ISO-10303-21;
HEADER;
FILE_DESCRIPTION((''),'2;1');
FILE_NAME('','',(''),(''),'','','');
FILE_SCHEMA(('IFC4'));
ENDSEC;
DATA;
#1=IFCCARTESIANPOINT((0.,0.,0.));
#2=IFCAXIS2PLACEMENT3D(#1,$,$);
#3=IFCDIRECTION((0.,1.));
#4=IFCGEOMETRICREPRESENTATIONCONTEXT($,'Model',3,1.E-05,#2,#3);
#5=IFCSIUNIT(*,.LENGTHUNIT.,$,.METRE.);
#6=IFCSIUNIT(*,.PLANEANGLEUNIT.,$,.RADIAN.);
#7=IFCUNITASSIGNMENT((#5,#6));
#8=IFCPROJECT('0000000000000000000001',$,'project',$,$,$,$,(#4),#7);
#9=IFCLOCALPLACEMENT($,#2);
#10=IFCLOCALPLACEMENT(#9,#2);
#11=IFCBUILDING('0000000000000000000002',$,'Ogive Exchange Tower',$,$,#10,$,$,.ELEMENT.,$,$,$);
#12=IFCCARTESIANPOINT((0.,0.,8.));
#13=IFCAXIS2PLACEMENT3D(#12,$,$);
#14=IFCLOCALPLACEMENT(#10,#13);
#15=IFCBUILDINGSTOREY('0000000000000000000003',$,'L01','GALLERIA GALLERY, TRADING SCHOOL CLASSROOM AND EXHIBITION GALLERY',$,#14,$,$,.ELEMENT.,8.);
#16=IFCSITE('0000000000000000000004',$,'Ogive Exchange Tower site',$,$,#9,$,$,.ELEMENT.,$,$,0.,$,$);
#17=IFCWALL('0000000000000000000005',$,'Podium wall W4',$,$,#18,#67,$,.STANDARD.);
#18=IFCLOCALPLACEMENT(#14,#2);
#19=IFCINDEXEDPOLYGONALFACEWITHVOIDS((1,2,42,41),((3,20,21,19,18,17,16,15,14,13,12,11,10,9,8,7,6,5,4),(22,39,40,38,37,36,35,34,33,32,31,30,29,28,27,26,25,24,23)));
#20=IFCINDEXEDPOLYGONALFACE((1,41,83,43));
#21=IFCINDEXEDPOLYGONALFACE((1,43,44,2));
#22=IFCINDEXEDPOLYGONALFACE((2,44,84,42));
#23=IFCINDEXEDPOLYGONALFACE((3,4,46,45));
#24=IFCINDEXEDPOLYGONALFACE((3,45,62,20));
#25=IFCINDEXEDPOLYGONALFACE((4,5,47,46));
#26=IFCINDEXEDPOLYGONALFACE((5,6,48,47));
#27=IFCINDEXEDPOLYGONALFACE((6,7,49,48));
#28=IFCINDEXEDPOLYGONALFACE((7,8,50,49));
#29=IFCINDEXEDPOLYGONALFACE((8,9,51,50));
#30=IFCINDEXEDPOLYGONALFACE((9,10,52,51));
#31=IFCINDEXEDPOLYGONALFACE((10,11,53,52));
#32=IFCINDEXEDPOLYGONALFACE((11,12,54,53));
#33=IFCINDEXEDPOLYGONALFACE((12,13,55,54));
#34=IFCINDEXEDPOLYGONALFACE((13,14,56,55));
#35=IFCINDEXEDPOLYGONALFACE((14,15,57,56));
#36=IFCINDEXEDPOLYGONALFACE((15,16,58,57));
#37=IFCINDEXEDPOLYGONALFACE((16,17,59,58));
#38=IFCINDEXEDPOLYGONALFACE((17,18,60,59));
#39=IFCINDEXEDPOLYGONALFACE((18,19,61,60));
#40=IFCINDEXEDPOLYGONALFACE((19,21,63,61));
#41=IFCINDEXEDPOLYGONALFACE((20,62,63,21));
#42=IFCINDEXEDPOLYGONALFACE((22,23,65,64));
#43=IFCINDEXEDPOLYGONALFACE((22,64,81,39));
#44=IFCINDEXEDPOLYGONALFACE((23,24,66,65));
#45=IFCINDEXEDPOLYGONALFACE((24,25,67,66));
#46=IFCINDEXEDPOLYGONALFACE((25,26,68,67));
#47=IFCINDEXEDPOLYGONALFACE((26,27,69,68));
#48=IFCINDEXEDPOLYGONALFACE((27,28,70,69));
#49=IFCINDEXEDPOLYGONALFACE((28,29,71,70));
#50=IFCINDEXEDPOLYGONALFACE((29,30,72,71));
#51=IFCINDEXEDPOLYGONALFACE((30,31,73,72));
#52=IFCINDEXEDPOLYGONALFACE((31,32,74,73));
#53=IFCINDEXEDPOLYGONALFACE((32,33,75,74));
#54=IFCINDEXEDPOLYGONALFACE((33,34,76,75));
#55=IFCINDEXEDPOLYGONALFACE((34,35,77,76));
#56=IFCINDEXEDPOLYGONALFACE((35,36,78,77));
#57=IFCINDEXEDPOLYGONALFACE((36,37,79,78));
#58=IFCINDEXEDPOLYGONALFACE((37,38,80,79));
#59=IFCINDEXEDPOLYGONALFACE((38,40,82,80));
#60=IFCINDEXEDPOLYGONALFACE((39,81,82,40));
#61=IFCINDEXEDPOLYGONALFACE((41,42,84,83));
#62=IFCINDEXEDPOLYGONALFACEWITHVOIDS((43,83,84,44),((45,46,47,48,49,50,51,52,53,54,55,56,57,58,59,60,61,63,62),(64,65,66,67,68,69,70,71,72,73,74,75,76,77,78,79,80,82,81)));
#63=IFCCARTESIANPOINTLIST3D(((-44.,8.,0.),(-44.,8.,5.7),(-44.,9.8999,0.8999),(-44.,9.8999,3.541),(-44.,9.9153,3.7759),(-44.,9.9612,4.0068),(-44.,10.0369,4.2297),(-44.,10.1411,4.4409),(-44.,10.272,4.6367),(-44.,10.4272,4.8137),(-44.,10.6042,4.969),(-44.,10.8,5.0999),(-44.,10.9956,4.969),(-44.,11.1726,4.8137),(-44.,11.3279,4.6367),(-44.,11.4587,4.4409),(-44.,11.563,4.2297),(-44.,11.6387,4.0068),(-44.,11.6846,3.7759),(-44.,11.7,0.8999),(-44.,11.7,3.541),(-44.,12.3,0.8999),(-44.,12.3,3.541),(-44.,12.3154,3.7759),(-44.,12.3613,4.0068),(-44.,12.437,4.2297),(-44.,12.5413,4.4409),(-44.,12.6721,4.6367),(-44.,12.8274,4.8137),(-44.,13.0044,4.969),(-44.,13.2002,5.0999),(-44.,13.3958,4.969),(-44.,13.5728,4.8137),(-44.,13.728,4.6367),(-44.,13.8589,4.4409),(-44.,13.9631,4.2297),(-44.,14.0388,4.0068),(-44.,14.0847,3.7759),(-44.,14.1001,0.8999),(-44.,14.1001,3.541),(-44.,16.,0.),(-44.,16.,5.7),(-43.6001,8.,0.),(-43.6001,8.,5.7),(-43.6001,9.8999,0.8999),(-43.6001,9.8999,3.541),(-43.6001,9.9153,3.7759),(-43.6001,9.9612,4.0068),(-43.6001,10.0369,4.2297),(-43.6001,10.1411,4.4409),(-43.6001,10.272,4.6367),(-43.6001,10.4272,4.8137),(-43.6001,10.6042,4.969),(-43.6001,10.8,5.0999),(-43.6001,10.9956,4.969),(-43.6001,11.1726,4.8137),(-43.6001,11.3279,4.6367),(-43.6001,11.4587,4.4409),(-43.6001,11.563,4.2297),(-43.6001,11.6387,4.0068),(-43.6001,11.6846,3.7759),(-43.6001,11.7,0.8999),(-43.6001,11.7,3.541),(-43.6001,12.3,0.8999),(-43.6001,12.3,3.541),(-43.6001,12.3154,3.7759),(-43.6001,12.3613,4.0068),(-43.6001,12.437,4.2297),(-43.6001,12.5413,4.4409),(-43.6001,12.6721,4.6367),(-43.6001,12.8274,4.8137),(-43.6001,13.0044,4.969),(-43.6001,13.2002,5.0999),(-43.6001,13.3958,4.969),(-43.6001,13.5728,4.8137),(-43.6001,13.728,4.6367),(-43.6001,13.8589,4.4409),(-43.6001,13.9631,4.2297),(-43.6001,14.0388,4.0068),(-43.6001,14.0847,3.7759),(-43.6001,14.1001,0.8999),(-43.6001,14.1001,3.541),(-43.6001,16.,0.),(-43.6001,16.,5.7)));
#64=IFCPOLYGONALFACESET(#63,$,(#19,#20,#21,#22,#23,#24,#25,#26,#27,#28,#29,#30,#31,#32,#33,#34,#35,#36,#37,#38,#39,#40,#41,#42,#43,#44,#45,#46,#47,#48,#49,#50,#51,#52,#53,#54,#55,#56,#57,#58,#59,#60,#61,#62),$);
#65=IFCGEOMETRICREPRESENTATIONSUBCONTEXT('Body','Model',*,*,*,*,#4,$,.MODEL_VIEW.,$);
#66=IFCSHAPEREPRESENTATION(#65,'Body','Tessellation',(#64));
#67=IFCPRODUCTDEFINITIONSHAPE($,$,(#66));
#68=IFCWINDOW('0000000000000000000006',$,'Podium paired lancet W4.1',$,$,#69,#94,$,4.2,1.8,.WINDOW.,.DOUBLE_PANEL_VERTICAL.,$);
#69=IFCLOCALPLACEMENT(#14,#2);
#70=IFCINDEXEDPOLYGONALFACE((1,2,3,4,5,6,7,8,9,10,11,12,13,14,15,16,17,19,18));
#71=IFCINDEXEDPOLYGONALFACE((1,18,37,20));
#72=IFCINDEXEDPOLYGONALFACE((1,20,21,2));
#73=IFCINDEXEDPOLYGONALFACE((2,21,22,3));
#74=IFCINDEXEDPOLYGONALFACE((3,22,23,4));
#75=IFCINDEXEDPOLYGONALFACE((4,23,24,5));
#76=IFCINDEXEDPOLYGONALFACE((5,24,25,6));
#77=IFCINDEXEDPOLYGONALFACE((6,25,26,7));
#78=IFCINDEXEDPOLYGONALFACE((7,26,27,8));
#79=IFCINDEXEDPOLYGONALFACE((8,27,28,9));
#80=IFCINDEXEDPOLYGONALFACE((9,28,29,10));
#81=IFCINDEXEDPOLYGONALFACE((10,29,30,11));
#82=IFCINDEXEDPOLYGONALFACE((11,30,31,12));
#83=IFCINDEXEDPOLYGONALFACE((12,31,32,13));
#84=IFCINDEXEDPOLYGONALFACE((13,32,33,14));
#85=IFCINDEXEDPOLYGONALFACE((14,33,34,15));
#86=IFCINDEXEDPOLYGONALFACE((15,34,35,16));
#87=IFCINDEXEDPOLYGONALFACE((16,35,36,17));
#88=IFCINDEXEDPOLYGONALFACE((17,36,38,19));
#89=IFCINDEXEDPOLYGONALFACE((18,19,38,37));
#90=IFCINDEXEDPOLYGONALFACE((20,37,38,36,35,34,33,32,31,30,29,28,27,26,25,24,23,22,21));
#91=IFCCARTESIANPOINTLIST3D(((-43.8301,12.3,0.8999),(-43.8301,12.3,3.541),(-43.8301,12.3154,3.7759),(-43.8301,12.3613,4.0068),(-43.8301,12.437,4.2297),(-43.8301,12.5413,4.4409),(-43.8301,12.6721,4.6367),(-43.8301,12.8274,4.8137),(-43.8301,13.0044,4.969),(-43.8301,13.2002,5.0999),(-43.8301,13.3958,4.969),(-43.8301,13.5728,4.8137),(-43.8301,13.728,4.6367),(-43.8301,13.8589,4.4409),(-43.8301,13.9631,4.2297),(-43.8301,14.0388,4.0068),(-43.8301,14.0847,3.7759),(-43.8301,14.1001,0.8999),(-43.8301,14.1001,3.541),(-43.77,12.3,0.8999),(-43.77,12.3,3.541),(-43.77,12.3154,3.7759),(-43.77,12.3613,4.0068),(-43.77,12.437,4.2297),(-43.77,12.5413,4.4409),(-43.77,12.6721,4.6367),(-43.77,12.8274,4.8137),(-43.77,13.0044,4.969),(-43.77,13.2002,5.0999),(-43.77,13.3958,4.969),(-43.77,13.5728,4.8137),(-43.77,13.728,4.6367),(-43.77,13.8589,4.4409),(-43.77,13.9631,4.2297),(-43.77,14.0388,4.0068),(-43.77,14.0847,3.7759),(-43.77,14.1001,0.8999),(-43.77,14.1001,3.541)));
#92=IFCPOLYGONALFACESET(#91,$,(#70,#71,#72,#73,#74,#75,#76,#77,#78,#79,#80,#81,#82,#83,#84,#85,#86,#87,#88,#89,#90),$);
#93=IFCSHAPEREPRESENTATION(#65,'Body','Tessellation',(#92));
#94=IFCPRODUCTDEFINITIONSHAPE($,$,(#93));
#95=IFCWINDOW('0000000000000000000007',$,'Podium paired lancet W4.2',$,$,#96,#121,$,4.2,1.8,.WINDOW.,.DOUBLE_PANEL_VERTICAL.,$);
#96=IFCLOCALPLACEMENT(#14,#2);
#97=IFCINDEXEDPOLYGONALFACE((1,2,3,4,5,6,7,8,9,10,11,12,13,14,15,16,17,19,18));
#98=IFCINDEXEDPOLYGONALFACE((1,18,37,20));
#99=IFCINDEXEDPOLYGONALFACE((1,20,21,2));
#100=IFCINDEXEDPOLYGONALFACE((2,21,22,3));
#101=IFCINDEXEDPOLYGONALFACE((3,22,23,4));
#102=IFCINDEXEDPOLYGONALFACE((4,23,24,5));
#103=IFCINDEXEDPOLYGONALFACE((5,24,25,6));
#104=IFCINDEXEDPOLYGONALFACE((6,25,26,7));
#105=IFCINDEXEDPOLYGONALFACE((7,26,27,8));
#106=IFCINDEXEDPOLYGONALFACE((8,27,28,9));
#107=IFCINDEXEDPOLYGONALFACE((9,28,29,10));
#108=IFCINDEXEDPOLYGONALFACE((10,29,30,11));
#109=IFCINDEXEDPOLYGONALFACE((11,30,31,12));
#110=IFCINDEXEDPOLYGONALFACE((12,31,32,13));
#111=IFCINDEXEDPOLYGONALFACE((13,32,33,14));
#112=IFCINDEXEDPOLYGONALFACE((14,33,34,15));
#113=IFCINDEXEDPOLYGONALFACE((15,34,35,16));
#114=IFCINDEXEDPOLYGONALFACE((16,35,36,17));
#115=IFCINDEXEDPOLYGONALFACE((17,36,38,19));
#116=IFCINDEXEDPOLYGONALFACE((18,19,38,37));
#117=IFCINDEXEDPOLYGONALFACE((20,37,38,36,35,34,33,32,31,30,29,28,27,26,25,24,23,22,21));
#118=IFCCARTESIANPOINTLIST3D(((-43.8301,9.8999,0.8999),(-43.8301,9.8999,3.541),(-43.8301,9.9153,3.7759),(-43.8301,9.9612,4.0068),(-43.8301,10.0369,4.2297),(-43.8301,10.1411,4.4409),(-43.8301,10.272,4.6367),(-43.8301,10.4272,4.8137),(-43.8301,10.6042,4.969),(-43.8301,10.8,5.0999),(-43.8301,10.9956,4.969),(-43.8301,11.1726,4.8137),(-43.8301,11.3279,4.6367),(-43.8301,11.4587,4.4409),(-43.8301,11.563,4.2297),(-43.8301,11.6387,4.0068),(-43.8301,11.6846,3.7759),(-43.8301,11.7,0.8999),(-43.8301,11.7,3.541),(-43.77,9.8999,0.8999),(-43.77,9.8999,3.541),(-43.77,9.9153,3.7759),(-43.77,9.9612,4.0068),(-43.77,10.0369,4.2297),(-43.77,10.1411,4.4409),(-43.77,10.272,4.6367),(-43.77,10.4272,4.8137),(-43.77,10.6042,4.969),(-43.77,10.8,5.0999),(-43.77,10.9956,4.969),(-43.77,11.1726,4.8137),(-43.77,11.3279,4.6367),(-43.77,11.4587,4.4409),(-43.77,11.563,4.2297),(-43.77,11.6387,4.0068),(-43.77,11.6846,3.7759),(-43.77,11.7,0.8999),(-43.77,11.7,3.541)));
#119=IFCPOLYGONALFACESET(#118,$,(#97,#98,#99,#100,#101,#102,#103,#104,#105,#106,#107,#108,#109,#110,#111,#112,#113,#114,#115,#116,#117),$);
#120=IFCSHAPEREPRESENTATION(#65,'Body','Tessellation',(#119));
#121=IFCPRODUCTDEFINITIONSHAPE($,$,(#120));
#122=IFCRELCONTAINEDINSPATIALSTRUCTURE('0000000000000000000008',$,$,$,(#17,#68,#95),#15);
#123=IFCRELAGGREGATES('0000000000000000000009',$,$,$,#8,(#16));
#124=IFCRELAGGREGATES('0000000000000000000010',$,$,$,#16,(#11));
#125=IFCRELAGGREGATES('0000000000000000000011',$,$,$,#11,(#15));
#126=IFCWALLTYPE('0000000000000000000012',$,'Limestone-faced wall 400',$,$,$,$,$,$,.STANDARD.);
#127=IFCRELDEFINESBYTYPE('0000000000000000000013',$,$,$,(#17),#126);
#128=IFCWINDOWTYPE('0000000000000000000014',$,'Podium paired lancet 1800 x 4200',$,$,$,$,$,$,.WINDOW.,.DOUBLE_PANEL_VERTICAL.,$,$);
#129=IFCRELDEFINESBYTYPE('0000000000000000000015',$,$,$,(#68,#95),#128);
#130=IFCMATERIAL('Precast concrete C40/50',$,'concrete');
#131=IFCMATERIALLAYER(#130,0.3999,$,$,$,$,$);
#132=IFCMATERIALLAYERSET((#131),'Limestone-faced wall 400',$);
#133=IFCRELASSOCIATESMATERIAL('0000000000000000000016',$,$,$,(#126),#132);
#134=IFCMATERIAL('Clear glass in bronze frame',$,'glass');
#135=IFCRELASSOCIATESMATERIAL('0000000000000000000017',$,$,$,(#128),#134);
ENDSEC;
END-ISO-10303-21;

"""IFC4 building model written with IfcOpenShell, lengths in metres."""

from ifc_helpers import new_model, si_unit, direction, frame, frame_2d, origin, place, context, subcontext, project, spatial, polyline, rectangle, outline, extrude, material, layer, layer_set, type_object, element, fill, save


model = new_model("IFC4")

# Units and contexts
model_context = context("Model", 3, precision=1e-05, world=origin(), true_north=direction((0.0, 1.0)))
body_context = subcontext(model_context, "Body", "Model", "MODEL_VIEW")
ifc_project = project(units=[si_unit("LENGTHUNIT", "METRE"), si_unit("PLANEANGLEUNIT", "RADIAN")], contexts=[model_context])

# Site, building, storey
site_placement = place(None, origin())
site = spatial("IfcSite", under=ifc_project, at=site_placement, Name="Ogive Exchange Tower site", CompositionType="ELEMENT", RefElevation=0.0)
building_placement = place(site_placement, origin())
building = spatial("IfcBuilding", under=site, at=building_placement, Name="Ogive Exchange Tower", CompositionType="ELEMENT")
storey_placement = place(building_placement, frame((0.0, 0.0, 8.0)))
storey = spatial("IfcBuildingStorey", under=building, at=storey_placement, Name="L01", Description="GALLERIA GALLERY, TRADING SCHOOL CLASSROOM AND EXHIBITION GALLERY", CompositionType="ELEMENT", Elevation=8.0)

# Wall, openings, windows
ifc_material_1 = material(Name="Precast concrete C40/50", Category="concrete")
ifc_layer_1 = layer(ifc_material_1, 0.3999)
ifc_layer_set_1 = layer_set([ifc_layer_1], Name="Limestone-faced wall 400")
wall_type_1 = type_object("IfcWallType", Name="Limestone-faced wall 400", PredefinedType="STANDARD", material=ifc_layer_set_1)
wall_1_placement = place(storey_placement, frame((-43.8, 16.0, 0.0), z_axis=(0.0, 0.0, 1.0), x_axis=(0.0, -1.0, 0.0)))
wall_1 = element("IfcWall", 1, at=wall_1_placement, inside=storey, type_object=wall_type_1, Name="Podium wall W4", PredefinedType="STANDARD", context=body_context, shape_type="SweptSolid", body=[
    extrude(rectangle(XDim=8.0, YDim=0.3999, at=frame_2d((4.0, 0.0))), origin(), (0.0, 0.0, 1.0), 5.7),
])
opening_1_placement = place(wall_1_placement, frame((1.8999, 0.0, 0.8999)))
opening_1 = element("IfcOpeningElement", 2, at=opening_1_placement, cuts=wall_1, PredefinedType="OPENING", context=body_context, shape_type="SweptSolid", body=[
    extrude(outline(polyline([(0.0, 0.0), (1.8, 0.0), (1.8, 2.6411), (1.7847, 2.876), (1.7388, 3.1069), (1.6631, 3.3298), (1.5588, 3.541), (1.428, 3.7368), (1.2727, 3.9138), (1.0957, 4.0691), (0.8999, 4.2), (0.7043, 4.0691), (0.5273, 3.9138), (0.3721, 3.7368), (0.2412, 3.541), (0.137, 3.3298), (0.0613, 3.1069), (0.0154, 2.876), (0.0, 2.6411), (0.0, 0.0)])), frame((0.0, 0.21, 0.0), z_axis=(0.0, -1.0, 0.0), x_axis=(1.0, 0.0, 0.0)), (0.0, 0.0, 1.0), 0.4199),
])
opening_2_placement = place(wall_1_placement, frame((4.3, 0.0, 0.8999)))
opening_2 = element("IfcOpeningElement", 3, at=opening_2_placement, cuts=wall_1, PredefinedType="OPENING", context=body_context, shape_type="SweptSolid", body=[
    extrude(outline(polyline([(0.0, 0.0), (1.8, 0.0), (1.8, 2.6411), (1.7847, 2.876), (1.7388, 3.1069), (1.6631, 3.3298), (1.5588, 3.541), (1.428, 3.7368), (1.2727, 3.9138), (1.0957, 4.0691), (0.8999, 4.2), (0.7043, 4.0691), (0.5273, 3.9138), (0.3721, 3.7368), (0.2412, 3.541), (0.137, 3.3298), (0.0613, 3.1069), (0.0154, 2.876), (0.0, 2.6411), (0.0, 0.0)])), frame((0.0, 0.21, 0.0), z_axis=(0.0, -1.0, 0.0), x_axis=(1.0, 0.0, 0.0)), (0.0, 0.0, 1.0), 0.4199),
])
ifc_material_2 = material(Name="Clear glass in bronze frame", Category="glass")
window_type = type_object("IfcWindowType", Name="Podium paired lancet 1800 x 4200", PartitioningType="DOUBLE_PANEL_VERTICAL", PredefinedType="WINDOW", material=ifc_material_2)
window_1_placement = place(opening_1_placement, origin())
window_1 = element("IfcWindow", 4, at=window_1_placement, inside=storey, type_object=window_type, Name="Podium paired lancet W4.1", OverallHeight=4.2, OverallWidth=1.8, PartitioningType="DOUBLE_PANEL_VERTICAL", PredefinedType="WINDOW", context=body_context, shape_type="SweptSolid", body=[
    extrude(outline(polyline([(0.0, 0.0), (1.8, 0.0), (1.8, 2.6411), (1.7847, 2.876), (1.7388, 3.1069), (1.6631, 3.3298), (1.5588, 3.541), (1.428, 3.7368), (1.2727, 3.9138), (1.0957, 4.0691), (0.8999, 4.2), (0.7043, 4.0691), (0.5273, 3.9138), (0.3721, 3.7368), (0.2412, 3.541), (0.137, 3.3298), (0.0613, 3.1069), (0.0154, 2.876), (0.0, 2.6411), (0.0, 0.0)])), frame((0.0, 0.03, 0.0), z_axis=(0.0, -1.0, 0.0), x_axis=(1.0, 0.0, 0.0)), (0.0, 0.0, 1.0), 0.0601),
])
fill(opening_1, window_1)
window_2_placement = place(opening_2_placement, origin())
window_2 = element("IfcWindow", 5, at=window_2_placement, inside=storey, type_object=window_type, Name="Podium paired lancet W4.2", OverallHeight=4.2, OverallWidth=1.8, PartitioningType="DOUBLE_PANEL_VERTICAL", PredefinedType="WINDOW", context=body_context, shape_type="SweptSolid", body=[
    extrude(outline(polyline([(0.0, 0.0), (1.8, 0.0), (1.8, 2.6411), (1.7847, 2.876), (1.7388, 3.1069), (1.6631, 3.3298), (1.5588, 3.541), (1.428, 3.7368), (1.2727, 3.9138), (1.0957, 4.0691), (0.8999, 4.2), (0.7043, 4.0691), (0.5273, 3.9138), (0.3721, 3.7368), (0.2412, 3.541), (0.137, 3.3298), (0.0613, 3.1069), (0.0154, 2.876), (0.0, 2.6411), (0.0, 0.0)])), frame((0.0, 0.03, 0.0), z_axis=(0.0, -1.0, 0.0), x_axis=(1.0, 0.0, 0.0)), (0.0, 0.0, 1.0), 0.0601),
])
fill(opening_2, window_2)

save(model, "model.ifc")
